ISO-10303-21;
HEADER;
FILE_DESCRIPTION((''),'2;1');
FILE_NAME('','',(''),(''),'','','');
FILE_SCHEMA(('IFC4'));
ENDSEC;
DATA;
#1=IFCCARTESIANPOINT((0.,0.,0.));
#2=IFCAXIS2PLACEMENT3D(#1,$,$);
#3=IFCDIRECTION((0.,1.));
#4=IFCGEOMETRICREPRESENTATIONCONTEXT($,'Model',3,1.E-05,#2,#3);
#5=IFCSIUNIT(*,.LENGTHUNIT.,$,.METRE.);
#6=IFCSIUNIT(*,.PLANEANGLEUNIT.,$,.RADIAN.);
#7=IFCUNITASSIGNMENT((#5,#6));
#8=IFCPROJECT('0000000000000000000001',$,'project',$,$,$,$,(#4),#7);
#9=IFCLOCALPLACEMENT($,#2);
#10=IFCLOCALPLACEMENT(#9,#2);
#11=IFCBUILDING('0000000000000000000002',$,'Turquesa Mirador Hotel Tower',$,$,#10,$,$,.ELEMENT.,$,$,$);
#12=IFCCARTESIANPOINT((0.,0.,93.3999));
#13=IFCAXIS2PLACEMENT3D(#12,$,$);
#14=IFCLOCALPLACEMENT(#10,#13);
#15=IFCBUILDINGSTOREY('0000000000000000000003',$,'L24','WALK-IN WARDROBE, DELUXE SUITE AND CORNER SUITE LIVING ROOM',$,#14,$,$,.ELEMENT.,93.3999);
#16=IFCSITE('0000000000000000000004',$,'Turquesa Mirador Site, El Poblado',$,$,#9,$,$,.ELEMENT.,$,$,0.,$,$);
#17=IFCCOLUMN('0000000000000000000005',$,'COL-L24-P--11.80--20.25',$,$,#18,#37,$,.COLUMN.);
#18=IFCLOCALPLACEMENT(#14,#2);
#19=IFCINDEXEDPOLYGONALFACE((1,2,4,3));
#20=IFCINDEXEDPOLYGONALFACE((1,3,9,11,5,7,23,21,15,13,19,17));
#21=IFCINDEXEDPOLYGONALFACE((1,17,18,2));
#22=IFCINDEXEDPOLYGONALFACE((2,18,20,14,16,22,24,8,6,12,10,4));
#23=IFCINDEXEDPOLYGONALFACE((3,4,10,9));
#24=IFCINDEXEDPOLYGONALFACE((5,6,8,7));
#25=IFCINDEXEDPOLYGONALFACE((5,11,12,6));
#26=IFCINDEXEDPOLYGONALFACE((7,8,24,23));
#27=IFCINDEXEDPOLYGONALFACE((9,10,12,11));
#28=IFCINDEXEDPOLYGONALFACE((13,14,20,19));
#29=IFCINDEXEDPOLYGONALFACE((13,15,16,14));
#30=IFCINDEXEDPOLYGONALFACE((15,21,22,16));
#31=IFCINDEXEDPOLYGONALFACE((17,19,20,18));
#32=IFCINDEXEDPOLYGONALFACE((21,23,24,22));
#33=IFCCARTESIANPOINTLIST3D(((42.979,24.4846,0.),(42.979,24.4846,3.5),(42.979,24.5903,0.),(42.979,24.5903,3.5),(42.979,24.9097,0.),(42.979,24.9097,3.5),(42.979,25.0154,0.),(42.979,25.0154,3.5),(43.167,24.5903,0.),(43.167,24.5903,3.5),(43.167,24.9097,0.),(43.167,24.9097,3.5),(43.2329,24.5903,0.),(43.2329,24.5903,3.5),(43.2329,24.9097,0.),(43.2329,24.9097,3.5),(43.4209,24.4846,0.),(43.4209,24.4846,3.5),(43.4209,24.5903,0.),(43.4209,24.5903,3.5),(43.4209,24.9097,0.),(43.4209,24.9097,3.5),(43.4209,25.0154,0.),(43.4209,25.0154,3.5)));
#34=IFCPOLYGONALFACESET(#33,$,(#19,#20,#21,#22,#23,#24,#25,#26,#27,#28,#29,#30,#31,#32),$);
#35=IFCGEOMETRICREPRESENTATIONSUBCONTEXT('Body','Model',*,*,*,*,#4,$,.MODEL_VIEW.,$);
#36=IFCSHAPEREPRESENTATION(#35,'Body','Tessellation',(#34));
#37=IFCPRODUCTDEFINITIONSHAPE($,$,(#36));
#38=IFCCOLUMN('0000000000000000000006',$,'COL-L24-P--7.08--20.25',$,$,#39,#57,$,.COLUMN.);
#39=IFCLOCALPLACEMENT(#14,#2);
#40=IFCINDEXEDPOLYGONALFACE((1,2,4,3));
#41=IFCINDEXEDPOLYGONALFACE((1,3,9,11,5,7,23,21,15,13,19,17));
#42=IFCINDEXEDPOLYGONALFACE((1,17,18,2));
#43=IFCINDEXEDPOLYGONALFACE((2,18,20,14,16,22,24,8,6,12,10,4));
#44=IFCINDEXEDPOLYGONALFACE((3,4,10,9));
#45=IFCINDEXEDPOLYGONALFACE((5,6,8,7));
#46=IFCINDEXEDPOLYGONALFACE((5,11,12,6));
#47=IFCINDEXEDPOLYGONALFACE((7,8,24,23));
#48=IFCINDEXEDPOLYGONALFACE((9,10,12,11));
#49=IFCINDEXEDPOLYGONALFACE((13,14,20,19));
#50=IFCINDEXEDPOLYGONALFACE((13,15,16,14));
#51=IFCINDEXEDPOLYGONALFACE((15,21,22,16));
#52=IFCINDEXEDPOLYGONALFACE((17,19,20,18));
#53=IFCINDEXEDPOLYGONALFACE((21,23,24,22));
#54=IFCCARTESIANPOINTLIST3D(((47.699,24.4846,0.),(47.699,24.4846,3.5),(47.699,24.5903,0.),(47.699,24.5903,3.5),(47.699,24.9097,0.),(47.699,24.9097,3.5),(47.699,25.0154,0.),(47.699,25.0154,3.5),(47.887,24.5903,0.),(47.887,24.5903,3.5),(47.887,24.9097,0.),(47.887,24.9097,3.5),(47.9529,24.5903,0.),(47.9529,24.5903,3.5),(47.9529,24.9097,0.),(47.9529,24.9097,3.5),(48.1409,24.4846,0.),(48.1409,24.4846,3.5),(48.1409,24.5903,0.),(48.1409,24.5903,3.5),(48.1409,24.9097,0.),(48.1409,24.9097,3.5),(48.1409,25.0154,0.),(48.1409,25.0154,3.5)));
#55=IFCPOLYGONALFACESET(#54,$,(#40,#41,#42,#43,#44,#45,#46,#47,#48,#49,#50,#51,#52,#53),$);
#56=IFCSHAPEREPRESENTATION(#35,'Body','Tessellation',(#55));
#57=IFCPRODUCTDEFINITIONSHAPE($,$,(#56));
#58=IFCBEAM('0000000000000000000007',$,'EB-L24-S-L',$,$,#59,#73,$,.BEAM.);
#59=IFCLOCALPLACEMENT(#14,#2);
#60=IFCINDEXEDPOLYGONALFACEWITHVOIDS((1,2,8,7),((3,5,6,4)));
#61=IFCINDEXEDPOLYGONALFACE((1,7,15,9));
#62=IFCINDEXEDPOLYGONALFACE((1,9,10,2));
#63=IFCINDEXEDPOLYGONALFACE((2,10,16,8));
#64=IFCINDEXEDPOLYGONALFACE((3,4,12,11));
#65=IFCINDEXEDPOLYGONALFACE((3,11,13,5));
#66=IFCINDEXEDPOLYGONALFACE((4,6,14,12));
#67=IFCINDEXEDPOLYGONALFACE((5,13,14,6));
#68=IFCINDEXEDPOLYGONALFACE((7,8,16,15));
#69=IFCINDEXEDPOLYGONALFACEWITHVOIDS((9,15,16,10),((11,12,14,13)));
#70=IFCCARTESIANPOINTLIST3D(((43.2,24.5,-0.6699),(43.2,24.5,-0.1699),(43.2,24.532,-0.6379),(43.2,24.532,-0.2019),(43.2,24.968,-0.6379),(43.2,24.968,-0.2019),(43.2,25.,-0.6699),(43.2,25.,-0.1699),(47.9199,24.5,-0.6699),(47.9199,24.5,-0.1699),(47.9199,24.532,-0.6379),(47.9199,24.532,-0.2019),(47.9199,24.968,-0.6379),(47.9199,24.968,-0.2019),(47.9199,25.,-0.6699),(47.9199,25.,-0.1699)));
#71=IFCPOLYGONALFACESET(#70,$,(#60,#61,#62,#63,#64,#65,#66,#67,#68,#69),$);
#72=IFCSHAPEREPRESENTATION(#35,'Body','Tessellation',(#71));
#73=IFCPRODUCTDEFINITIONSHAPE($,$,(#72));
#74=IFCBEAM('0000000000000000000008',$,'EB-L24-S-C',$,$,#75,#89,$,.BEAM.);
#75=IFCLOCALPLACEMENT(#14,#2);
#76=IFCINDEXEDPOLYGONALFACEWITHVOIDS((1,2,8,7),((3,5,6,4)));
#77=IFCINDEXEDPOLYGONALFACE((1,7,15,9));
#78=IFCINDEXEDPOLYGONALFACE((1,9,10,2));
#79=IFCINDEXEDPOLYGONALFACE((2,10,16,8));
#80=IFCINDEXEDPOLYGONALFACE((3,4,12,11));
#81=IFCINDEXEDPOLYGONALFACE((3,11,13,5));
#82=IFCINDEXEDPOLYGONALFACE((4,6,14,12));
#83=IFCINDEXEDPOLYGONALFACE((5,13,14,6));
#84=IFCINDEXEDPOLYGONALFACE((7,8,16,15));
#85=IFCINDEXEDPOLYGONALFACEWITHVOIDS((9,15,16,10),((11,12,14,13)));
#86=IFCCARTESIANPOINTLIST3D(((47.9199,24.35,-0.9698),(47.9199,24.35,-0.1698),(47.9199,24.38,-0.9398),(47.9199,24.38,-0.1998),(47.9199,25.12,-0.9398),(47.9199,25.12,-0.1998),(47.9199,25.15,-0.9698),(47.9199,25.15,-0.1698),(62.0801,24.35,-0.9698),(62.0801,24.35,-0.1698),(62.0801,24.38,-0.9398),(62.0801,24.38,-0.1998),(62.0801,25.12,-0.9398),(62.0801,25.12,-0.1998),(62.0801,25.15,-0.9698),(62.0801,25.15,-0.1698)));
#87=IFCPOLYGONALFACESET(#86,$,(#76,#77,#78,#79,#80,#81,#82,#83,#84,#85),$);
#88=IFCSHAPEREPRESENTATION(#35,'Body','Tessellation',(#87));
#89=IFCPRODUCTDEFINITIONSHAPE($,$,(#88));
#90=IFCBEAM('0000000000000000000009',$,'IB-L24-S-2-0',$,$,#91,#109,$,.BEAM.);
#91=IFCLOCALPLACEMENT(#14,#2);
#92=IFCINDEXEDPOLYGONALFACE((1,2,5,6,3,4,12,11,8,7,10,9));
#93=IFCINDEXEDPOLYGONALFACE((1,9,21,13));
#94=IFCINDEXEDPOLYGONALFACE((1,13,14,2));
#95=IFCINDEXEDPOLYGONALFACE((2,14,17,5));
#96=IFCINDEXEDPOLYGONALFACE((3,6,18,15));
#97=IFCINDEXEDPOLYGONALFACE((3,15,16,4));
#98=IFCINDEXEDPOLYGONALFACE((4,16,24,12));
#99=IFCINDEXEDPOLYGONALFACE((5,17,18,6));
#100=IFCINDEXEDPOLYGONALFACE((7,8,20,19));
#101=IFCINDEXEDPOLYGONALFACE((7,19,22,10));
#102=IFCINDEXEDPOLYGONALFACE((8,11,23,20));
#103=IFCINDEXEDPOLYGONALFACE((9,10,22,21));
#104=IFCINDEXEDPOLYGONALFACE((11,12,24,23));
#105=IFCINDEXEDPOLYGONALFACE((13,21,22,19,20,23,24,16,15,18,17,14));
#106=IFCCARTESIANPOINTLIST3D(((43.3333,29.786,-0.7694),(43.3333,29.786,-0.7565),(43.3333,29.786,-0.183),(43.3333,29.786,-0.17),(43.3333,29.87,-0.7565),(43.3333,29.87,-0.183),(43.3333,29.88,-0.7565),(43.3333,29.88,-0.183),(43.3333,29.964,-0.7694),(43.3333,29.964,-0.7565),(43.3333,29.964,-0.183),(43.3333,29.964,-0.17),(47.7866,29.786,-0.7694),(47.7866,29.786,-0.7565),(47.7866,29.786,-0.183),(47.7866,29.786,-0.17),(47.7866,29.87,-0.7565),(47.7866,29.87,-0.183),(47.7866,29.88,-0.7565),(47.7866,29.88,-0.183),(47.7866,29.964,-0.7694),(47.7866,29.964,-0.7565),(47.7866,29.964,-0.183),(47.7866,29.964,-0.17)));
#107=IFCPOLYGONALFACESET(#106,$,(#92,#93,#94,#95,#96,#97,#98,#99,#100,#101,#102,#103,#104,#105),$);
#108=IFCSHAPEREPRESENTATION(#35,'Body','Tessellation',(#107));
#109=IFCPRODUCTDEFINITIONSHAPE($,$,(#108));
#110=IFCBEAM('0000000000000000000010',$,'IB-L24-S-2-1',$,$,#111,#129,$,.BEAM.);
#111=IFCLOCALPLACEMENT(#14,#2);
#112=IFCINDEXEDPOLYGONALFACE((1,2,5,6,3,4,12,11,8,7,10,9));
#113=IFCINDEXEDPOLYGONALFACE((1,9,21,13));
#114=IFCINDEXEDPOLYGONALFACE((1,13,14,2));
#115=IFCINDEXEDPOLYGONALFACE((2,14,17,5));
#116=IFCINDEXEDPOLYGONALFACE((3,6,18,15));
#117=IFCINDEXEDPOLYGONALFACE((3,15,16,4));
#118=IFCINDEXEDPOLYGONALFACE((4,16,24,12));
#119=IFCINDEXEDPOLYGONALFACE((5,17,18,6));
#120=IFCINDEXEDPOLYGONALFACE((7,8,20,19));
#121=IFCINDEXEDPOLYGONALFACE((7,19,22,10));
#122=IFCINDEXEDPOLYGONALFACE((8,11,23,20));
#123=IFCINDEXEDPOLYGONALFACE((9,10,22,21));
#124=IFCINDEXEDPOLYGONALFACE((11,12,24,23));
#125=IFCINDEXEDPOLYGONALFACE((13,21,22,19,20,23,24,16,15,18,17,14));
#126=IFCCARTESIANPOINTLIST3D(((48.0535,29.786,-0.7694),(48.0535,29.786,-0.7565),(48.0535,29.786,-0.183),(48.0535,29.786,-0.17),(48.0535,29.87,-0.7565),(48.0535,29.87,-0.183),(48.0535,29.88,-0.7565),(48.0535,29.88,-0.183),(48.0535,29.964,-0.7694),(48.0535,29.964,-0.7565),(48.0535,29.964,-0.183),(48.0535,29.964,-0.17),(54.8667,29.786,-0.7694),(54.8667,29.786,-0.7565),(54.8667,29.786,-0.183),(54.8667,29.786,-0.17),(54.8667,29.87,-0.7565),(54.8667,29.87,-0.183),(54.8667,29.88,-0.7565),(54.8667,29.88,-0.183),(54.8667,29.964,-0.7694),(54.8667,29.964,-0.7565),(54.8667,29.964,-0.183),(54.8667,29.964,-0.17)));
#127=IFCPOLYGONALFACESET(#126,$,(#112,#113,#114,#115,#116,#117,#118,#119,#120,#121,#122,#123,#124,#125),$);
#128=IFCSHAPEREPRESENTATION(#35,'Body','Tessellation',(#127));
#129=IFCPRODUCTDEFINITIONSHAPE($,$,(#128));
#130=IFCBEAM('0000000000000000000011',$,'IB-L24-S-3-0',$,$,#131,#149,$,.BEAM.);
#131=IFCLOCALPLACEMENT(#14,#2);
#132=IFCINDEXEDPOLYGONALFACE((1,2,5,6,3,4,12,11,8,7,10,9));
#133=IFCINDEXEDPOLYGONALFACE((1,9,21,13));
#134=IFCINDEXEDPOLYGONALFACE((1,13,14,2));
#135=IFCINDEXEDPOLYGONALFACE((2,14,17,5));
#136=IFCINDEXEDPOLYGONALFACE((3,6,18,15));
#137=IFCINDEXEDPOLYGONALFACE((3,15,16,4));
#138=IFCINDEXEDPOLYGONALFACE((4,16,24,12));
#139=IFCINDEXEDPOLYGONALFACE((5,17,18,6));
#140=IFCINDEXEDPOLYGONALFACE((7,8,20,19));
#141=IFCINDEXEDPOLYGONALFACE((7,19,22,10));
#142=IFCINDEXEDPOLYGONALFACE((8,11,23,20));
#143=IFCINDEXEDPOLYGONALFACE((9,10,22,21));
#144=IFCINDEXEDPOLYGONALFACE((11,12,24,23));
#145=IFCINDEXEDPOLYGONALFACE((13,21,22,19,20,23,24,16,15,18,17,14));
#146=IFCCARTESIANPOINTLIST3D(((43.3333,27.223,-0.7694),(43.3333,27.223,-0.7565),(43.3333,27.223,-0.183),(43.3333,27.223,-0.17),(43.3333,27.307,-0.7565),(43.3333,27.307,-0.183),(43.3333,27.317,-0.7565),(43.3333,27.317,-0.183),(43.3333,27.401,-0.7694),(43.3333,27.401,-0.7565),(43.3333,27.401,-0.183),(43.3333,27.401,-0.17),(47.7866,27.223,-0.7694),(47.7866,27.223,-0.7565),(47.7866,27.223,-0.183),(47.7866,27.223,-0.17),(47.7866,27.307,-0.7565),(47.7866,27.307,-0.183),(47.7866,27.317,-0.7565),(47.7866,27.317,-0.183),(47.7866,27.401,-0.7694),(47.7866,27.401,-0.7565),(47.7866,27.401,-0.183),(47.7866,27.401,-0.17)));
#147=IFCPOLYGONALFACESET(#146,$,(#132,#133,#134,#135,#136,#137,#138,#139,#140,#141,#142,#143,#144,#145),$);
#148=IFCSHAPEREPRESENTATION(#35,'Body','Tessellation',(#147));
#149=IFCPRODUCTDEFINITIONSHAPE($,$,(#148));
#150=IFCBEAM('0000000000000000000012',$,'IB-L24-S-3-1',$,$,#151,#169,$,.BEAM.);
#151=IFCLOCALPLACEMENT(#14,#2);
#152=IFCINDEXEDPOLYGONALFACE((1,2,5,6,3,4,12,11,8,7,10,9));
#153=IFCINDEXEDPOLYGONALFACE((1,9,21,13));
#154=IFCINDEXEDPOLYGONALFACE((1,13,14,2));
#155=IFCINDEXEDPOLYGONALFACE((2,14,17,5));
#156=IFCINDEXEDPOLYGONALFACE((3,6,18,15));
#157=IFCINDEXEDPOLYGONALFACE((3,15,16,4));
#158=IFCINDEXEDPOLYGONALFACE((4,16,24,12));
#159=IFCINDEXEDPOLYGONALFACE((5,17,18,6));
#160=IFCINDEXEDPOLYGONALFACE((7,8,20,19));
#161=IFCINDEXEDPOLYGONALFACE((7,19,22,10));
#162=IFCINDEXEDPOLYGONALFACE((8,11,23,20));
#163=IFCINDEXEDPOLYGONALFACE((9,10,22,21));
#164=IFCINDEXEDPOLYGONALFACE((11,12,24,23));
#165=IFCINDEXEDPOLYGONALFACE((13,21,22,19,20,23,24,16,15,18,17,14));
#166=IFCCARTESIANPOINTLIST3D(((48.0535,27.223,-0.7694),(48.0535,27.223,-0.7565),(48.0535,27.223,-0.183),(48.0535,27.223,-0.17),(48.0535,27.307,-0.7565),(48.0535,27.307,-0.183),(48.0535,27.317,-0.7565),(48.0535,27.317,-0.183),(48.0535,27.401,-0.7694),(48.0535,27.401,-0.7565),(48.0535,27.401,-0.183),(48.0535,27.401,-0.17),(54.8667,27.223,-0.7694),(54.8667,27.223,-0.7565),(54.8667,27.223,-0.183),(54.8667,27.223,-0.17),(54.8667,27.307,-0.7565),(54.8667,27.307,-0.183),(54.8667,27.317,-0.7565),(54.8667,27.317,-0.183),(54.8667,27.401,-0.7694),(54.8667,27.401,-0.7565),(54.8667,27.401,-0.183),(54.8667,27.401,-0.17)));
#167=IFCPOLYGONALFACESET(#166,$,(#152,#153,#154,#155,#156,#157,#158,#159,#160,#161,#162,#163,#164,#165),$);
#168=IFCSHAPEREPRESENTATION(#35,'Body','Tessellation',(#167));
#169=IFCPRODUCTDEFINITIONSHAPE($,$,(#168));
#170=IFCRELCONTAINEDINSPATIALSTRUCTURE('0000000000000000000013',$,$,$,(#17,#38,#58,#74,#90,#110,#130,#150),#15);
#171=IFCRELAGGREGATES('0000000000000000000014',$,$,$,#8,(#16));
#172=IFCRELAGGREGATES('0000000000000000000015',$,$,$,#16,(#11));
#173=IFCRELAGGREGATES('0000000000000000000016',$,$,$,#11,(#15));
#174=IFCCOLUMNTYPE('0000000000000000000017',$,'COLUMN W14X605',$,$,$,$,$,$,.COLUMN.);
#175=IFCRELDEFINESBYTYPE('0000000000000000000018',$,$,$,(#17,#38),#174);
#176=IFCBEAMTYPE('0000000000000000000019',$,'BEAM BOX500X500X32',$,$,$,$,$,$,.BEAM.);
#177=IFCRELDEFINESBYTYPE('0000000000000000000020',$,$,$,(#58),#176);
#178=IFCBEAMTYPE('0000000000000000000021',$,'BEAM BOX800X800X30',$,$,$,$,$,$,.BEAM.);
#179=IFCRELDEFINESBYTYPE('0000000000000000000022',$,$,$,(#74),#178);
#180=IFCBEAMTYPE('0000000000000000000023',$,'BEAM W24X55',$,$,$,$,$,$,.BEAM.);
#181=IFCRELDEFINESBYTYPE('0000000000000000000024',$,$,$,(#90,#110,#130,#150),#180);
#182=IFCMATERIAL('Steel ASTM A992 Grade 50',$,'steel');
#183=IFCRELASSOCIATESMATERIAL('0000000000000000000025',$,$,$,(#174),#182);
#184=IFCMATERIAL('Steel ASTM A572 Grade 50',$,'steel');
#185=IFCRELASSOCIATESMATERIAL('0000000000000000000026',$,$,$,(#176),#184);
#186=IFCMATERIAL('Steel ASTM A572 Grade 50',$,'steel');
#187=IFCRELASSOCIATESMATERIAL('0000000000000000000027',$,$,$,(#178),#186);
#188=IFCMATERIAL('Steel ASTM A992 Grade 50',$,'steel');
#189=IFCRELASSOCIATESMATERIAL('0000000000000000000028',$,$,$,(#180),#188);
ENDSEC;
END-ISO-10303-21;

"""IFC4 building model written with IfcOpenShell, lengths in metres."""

from ifc_helpers import new_model, si_unit, direction, frame, origin, origin_2d, place, context, subcontext, project, spatial, hollow_rectangle, i_section, extrude, material, material_profile, profile_set, type_object, element, save


model = new_model("IFC4")

# Units and contexts
model_context = context("Model", 3, precision=1e-05, world=origin(), true_north=direction((0.0, 1.0)))
body_context = subcontext(model_context, "Body", "Model", "MODEL_VIEW")
ifc_project = project(units=[si_unit("LENGTHUNIT", "METRE"), si_unit("PLANEANGLEUNIT", "RADIAN")], contexts=[model_context])

# Site, building, storey
site_placement = place(None, origin())
site = spatial("IfcSite", under=ifc_project, at=site_placement, Name="Turquesa Mirador Site, El Poblado", CompositionType="ELEMENT", RefElevation=0.0)
building_placement = place(site_placement, origin())
building = spatial("IfcBuilding", under=site, at=building_placement, Name="Turquesa Mirador Hotel Tower", CompositionType="ELEMENT")
storey_placement = place(building_placement, frame((0.0, 0.0, 93.3999)))
storey = spatial("IfcBuildingStorey", under=building, at=storey_placement, Name="L24", Description="WALK-IN WARDROBE, DELUXE SUITE AND CORNER SUITE LIVING ROOM", CompositionType="ELEMENT", Elevation=93.3999)

# Columns
ifc_material_1 = material(Name="Steel ASTM A992 Grade 50", Category="steel")
ifc_material_profile_1 = material_profile(ifc_material_1, i_section(OverallWidth=0.4419, OverallDepth=0.5308, WebThickness=0.0659, FlangeThickness=0.1057, at=origin_2d()), Name="W14X605")
ifc_profile_set_1 = profile_set([ifc_material_profile_1], Name="Steel ASTM A992 Grade 50")
column_type = type_object("IfcColumnType", Name="COLUMN W14X605", PredefinedType="COLUMN", material=ifc_profile_set_1)
for number, where, z_axis, x_axis, name in (
    (1, (43.2, 24.75, 0.0), (0.0, 0.0, 1.0), (1.0, 0.0, 0.0), "COL-L24-P--11.80--20.25"),
    (2, (47.9199, 24.75, 0.0), (0.0, 0.0, 1.0), (1.0, 0.0, 0.0), "COL-L24-P--7.08--20.25"),
):
    element("IfcColumn", number, at=place(storey_placement, frame(where, z_axis=z_axis, x_axis=x_axis)), inside=storey, type_object=column_type, Name=name, PredefinedType="COLUMN", context=body_context, shape_type="SweptSolid", body=[
        extrude(i_section(OverallWidth=0.4419, OverallDepth=0.5308, WebThickness=0.0659, FlangeThickness=0.1057, at=origin_2d()), origin(), (0.0, 0.0, 1.0), 3.5),
    ])

# Beams
ifc_material_2 = material(Name="Steel ASTM A572 Grade 50", Category="steel")
ifc_material_profile_2 = material_profile(ifc_material_2, hollow_rectangle(XDim=0.5, YDim=0.5, WallThickness=0.032, at=origin_2d()), Name="BOX500X500X32")
ifc_profile_set_2 = profile_set([ifc_material_profile_2], Name="Steel ASTM A572 Grade 50")
beam_type_1 = type_object("IfcBeamType", Name="BEAM BOX500X500X32", PredefinedType="BEAM", material=ifc_profile_set_2)
beam_1_placement = place(storey_placement, frame((43.2, 24.75, -0.4199), z_axis=(1.0, 0.0, 0.0), x_axis=(0.0, 1.0, 0.0)))
element("IfcBeam", 3, at=beam_1_placement, inside=storey, type_object=beam_type_1, Name="EB-L24-S-L", PredefinedType="BEAM", context=body_context, shape_type="SweptSolid", body=[
    extrude(hollow_rectangle(XDim=0.5, YDim=0.5, WallThickness=0.032, at=origin_2d()), origin(), (0.0, 0.0, 1.0), 4.72),
])
ifc_material_3 = material(Name="Steel ASTM A572 Grade 50", Category="steel")
ifc_material_profile_3 = material_profile(ifc_material_3, hollow_rectangle(XDim=0.8, YDim=0.8, WallThickness=0.03, at=origin_2d()), Name="BOX800X800X30")
ifc_profile_set_3 = profile_set([ifc_material_profile_3], Name="Steel ASTM A572 Grade 50")
beam_type_2 = type_object("IfcBeamType", Name="BEAM BOX800X800X30", PredefinedType="BEAM", material=ifc_profile_set_3)
beam_2_placement = place(storey_placement, frame((47.9199, 24.75, -0.5698), z_axis=(1.0, 0.0, 0.0), x_axis=(0.0, 1.0, 0.0)))
element("IfcBeam", 4, at=beam_2_placement, inside=storey, type_object=beam_type_2, Name="EB-L24-S-C", PredefinedType="BEAM", context=body_context, shape_type="SweptSolid", body=[
    extrude(hollow_rectangle(XDim=0.8, YDim=0.8, WallThickness=0.03, at=origin_2d()), origin(), (0.0, 0.0, 1.0), 14.1602),
])
ifc_material_4 = material(Name="Steel ASTM A992 Grade 50", Category="steel")
ifc_material_profile_4 = material_profile(ifc_material_4, i_section(OverallWidth=0.178, OverallDepth=0.5994, WebThickness=0.01, FlangeThickness=0.0129, at=origin_2d()), Name="W24X55")
ifc_profile_set_4 = profile_set([ifc_material_profile_4], Name="Steel ASTM A992 Grade 50")
beam_type_3 = type_object("IfcBeamType", Name="BEAM W24X55", PredefinedType="BEAM", material=ifc_profile_set_4)
beam_3_placement = place(storey_placement, frame((43.3333, 29.875, -0.4697), z_axis=(1.0, 0.0, 0.0), x_axis=(0.0, 1.0, 0.0)))
element("IfcBeam", 5, at=beam_3_placement, inside=storey, type_object=beam_type_3, Name="IB-L24-S-2-0", PredefinedType="BEAM", context=body_context, shape_type="SweptSolid", body=[
    extrude(i_section(OverallWidth=0.178, OverallDepth=0.5994, WebThickness=0.01, FlangeThickness=0.0129, at=origin_2d()), origin(), (0.0, 0.0, 1.0), 4.4534),
])
beam_4_placement = place(storey_placement, frame((48.0535, 29.875, -0.4697), z_axis=(1.0, 0.0, 0.0), x_axis=(0.0, 1.0, 0.0)))
element("IfcBeam", 6, at=beam_4_placement, inside=storey, type_object=beam_type_3, Name="IB-L24-S-2-1", PredefinedType="BEAM", context=body_context, shape_type="SweptSolid", body=[
    extrude(i_section(OverallWidth=0.178, OverallDepth=0.5994, WebThickness=0.01, FlangeThickness=0.0129, at=origin_2d()), origin(), (0.0, 0.0, 1.0), 6.8132),
])
beam_5_placement = place(storey_placement, frame((43.3333, 27.312, -0.4697), z_axis=(1.0, 0.0, 0.0), x_axis=(0.0, 1.0, 0.0)))
element("IfcBeam", 7, at=beam_5_placement, inside=storey, type_object=beam_type_3, Name="IB-L24-S-3-0", PredefinedType="BEAM", context=body_context, shape_type="SweptSolid", body=[
    extrude(i_section(OverallWidth=0.178, OverallDepth=0.5994, WebThickness=0.01, FlangeThickness=0.0129, at=origin_2d()), origin(), (0.0, 0.0, 1.0), 4.4534),
])
beam_6_placement = place(storey_placement, frame((48.0535, 27.312, -0.4697), z_axis=(1.0, 0.0, 0.0), x_axis=(0.0, 1.0, 0.0)))
element("IfcBeam", 8, at=beam_6_placement, inside=storey, type_object=beam_type_3, Name="IB-L24-S-3-1", PredefinedType="BEAM", context=body_context, shape_type="SweptSolid", body=[
    extrude(i_section(OverallWidth=0.178, OverallDepth=0.5994, WebThickness=0.01, FlangeThickness=0.0129, at=origin_2d()), origin(), (0.0, 0.0, 1.0), 6.8132),
])

save(model, "model.ifc")
